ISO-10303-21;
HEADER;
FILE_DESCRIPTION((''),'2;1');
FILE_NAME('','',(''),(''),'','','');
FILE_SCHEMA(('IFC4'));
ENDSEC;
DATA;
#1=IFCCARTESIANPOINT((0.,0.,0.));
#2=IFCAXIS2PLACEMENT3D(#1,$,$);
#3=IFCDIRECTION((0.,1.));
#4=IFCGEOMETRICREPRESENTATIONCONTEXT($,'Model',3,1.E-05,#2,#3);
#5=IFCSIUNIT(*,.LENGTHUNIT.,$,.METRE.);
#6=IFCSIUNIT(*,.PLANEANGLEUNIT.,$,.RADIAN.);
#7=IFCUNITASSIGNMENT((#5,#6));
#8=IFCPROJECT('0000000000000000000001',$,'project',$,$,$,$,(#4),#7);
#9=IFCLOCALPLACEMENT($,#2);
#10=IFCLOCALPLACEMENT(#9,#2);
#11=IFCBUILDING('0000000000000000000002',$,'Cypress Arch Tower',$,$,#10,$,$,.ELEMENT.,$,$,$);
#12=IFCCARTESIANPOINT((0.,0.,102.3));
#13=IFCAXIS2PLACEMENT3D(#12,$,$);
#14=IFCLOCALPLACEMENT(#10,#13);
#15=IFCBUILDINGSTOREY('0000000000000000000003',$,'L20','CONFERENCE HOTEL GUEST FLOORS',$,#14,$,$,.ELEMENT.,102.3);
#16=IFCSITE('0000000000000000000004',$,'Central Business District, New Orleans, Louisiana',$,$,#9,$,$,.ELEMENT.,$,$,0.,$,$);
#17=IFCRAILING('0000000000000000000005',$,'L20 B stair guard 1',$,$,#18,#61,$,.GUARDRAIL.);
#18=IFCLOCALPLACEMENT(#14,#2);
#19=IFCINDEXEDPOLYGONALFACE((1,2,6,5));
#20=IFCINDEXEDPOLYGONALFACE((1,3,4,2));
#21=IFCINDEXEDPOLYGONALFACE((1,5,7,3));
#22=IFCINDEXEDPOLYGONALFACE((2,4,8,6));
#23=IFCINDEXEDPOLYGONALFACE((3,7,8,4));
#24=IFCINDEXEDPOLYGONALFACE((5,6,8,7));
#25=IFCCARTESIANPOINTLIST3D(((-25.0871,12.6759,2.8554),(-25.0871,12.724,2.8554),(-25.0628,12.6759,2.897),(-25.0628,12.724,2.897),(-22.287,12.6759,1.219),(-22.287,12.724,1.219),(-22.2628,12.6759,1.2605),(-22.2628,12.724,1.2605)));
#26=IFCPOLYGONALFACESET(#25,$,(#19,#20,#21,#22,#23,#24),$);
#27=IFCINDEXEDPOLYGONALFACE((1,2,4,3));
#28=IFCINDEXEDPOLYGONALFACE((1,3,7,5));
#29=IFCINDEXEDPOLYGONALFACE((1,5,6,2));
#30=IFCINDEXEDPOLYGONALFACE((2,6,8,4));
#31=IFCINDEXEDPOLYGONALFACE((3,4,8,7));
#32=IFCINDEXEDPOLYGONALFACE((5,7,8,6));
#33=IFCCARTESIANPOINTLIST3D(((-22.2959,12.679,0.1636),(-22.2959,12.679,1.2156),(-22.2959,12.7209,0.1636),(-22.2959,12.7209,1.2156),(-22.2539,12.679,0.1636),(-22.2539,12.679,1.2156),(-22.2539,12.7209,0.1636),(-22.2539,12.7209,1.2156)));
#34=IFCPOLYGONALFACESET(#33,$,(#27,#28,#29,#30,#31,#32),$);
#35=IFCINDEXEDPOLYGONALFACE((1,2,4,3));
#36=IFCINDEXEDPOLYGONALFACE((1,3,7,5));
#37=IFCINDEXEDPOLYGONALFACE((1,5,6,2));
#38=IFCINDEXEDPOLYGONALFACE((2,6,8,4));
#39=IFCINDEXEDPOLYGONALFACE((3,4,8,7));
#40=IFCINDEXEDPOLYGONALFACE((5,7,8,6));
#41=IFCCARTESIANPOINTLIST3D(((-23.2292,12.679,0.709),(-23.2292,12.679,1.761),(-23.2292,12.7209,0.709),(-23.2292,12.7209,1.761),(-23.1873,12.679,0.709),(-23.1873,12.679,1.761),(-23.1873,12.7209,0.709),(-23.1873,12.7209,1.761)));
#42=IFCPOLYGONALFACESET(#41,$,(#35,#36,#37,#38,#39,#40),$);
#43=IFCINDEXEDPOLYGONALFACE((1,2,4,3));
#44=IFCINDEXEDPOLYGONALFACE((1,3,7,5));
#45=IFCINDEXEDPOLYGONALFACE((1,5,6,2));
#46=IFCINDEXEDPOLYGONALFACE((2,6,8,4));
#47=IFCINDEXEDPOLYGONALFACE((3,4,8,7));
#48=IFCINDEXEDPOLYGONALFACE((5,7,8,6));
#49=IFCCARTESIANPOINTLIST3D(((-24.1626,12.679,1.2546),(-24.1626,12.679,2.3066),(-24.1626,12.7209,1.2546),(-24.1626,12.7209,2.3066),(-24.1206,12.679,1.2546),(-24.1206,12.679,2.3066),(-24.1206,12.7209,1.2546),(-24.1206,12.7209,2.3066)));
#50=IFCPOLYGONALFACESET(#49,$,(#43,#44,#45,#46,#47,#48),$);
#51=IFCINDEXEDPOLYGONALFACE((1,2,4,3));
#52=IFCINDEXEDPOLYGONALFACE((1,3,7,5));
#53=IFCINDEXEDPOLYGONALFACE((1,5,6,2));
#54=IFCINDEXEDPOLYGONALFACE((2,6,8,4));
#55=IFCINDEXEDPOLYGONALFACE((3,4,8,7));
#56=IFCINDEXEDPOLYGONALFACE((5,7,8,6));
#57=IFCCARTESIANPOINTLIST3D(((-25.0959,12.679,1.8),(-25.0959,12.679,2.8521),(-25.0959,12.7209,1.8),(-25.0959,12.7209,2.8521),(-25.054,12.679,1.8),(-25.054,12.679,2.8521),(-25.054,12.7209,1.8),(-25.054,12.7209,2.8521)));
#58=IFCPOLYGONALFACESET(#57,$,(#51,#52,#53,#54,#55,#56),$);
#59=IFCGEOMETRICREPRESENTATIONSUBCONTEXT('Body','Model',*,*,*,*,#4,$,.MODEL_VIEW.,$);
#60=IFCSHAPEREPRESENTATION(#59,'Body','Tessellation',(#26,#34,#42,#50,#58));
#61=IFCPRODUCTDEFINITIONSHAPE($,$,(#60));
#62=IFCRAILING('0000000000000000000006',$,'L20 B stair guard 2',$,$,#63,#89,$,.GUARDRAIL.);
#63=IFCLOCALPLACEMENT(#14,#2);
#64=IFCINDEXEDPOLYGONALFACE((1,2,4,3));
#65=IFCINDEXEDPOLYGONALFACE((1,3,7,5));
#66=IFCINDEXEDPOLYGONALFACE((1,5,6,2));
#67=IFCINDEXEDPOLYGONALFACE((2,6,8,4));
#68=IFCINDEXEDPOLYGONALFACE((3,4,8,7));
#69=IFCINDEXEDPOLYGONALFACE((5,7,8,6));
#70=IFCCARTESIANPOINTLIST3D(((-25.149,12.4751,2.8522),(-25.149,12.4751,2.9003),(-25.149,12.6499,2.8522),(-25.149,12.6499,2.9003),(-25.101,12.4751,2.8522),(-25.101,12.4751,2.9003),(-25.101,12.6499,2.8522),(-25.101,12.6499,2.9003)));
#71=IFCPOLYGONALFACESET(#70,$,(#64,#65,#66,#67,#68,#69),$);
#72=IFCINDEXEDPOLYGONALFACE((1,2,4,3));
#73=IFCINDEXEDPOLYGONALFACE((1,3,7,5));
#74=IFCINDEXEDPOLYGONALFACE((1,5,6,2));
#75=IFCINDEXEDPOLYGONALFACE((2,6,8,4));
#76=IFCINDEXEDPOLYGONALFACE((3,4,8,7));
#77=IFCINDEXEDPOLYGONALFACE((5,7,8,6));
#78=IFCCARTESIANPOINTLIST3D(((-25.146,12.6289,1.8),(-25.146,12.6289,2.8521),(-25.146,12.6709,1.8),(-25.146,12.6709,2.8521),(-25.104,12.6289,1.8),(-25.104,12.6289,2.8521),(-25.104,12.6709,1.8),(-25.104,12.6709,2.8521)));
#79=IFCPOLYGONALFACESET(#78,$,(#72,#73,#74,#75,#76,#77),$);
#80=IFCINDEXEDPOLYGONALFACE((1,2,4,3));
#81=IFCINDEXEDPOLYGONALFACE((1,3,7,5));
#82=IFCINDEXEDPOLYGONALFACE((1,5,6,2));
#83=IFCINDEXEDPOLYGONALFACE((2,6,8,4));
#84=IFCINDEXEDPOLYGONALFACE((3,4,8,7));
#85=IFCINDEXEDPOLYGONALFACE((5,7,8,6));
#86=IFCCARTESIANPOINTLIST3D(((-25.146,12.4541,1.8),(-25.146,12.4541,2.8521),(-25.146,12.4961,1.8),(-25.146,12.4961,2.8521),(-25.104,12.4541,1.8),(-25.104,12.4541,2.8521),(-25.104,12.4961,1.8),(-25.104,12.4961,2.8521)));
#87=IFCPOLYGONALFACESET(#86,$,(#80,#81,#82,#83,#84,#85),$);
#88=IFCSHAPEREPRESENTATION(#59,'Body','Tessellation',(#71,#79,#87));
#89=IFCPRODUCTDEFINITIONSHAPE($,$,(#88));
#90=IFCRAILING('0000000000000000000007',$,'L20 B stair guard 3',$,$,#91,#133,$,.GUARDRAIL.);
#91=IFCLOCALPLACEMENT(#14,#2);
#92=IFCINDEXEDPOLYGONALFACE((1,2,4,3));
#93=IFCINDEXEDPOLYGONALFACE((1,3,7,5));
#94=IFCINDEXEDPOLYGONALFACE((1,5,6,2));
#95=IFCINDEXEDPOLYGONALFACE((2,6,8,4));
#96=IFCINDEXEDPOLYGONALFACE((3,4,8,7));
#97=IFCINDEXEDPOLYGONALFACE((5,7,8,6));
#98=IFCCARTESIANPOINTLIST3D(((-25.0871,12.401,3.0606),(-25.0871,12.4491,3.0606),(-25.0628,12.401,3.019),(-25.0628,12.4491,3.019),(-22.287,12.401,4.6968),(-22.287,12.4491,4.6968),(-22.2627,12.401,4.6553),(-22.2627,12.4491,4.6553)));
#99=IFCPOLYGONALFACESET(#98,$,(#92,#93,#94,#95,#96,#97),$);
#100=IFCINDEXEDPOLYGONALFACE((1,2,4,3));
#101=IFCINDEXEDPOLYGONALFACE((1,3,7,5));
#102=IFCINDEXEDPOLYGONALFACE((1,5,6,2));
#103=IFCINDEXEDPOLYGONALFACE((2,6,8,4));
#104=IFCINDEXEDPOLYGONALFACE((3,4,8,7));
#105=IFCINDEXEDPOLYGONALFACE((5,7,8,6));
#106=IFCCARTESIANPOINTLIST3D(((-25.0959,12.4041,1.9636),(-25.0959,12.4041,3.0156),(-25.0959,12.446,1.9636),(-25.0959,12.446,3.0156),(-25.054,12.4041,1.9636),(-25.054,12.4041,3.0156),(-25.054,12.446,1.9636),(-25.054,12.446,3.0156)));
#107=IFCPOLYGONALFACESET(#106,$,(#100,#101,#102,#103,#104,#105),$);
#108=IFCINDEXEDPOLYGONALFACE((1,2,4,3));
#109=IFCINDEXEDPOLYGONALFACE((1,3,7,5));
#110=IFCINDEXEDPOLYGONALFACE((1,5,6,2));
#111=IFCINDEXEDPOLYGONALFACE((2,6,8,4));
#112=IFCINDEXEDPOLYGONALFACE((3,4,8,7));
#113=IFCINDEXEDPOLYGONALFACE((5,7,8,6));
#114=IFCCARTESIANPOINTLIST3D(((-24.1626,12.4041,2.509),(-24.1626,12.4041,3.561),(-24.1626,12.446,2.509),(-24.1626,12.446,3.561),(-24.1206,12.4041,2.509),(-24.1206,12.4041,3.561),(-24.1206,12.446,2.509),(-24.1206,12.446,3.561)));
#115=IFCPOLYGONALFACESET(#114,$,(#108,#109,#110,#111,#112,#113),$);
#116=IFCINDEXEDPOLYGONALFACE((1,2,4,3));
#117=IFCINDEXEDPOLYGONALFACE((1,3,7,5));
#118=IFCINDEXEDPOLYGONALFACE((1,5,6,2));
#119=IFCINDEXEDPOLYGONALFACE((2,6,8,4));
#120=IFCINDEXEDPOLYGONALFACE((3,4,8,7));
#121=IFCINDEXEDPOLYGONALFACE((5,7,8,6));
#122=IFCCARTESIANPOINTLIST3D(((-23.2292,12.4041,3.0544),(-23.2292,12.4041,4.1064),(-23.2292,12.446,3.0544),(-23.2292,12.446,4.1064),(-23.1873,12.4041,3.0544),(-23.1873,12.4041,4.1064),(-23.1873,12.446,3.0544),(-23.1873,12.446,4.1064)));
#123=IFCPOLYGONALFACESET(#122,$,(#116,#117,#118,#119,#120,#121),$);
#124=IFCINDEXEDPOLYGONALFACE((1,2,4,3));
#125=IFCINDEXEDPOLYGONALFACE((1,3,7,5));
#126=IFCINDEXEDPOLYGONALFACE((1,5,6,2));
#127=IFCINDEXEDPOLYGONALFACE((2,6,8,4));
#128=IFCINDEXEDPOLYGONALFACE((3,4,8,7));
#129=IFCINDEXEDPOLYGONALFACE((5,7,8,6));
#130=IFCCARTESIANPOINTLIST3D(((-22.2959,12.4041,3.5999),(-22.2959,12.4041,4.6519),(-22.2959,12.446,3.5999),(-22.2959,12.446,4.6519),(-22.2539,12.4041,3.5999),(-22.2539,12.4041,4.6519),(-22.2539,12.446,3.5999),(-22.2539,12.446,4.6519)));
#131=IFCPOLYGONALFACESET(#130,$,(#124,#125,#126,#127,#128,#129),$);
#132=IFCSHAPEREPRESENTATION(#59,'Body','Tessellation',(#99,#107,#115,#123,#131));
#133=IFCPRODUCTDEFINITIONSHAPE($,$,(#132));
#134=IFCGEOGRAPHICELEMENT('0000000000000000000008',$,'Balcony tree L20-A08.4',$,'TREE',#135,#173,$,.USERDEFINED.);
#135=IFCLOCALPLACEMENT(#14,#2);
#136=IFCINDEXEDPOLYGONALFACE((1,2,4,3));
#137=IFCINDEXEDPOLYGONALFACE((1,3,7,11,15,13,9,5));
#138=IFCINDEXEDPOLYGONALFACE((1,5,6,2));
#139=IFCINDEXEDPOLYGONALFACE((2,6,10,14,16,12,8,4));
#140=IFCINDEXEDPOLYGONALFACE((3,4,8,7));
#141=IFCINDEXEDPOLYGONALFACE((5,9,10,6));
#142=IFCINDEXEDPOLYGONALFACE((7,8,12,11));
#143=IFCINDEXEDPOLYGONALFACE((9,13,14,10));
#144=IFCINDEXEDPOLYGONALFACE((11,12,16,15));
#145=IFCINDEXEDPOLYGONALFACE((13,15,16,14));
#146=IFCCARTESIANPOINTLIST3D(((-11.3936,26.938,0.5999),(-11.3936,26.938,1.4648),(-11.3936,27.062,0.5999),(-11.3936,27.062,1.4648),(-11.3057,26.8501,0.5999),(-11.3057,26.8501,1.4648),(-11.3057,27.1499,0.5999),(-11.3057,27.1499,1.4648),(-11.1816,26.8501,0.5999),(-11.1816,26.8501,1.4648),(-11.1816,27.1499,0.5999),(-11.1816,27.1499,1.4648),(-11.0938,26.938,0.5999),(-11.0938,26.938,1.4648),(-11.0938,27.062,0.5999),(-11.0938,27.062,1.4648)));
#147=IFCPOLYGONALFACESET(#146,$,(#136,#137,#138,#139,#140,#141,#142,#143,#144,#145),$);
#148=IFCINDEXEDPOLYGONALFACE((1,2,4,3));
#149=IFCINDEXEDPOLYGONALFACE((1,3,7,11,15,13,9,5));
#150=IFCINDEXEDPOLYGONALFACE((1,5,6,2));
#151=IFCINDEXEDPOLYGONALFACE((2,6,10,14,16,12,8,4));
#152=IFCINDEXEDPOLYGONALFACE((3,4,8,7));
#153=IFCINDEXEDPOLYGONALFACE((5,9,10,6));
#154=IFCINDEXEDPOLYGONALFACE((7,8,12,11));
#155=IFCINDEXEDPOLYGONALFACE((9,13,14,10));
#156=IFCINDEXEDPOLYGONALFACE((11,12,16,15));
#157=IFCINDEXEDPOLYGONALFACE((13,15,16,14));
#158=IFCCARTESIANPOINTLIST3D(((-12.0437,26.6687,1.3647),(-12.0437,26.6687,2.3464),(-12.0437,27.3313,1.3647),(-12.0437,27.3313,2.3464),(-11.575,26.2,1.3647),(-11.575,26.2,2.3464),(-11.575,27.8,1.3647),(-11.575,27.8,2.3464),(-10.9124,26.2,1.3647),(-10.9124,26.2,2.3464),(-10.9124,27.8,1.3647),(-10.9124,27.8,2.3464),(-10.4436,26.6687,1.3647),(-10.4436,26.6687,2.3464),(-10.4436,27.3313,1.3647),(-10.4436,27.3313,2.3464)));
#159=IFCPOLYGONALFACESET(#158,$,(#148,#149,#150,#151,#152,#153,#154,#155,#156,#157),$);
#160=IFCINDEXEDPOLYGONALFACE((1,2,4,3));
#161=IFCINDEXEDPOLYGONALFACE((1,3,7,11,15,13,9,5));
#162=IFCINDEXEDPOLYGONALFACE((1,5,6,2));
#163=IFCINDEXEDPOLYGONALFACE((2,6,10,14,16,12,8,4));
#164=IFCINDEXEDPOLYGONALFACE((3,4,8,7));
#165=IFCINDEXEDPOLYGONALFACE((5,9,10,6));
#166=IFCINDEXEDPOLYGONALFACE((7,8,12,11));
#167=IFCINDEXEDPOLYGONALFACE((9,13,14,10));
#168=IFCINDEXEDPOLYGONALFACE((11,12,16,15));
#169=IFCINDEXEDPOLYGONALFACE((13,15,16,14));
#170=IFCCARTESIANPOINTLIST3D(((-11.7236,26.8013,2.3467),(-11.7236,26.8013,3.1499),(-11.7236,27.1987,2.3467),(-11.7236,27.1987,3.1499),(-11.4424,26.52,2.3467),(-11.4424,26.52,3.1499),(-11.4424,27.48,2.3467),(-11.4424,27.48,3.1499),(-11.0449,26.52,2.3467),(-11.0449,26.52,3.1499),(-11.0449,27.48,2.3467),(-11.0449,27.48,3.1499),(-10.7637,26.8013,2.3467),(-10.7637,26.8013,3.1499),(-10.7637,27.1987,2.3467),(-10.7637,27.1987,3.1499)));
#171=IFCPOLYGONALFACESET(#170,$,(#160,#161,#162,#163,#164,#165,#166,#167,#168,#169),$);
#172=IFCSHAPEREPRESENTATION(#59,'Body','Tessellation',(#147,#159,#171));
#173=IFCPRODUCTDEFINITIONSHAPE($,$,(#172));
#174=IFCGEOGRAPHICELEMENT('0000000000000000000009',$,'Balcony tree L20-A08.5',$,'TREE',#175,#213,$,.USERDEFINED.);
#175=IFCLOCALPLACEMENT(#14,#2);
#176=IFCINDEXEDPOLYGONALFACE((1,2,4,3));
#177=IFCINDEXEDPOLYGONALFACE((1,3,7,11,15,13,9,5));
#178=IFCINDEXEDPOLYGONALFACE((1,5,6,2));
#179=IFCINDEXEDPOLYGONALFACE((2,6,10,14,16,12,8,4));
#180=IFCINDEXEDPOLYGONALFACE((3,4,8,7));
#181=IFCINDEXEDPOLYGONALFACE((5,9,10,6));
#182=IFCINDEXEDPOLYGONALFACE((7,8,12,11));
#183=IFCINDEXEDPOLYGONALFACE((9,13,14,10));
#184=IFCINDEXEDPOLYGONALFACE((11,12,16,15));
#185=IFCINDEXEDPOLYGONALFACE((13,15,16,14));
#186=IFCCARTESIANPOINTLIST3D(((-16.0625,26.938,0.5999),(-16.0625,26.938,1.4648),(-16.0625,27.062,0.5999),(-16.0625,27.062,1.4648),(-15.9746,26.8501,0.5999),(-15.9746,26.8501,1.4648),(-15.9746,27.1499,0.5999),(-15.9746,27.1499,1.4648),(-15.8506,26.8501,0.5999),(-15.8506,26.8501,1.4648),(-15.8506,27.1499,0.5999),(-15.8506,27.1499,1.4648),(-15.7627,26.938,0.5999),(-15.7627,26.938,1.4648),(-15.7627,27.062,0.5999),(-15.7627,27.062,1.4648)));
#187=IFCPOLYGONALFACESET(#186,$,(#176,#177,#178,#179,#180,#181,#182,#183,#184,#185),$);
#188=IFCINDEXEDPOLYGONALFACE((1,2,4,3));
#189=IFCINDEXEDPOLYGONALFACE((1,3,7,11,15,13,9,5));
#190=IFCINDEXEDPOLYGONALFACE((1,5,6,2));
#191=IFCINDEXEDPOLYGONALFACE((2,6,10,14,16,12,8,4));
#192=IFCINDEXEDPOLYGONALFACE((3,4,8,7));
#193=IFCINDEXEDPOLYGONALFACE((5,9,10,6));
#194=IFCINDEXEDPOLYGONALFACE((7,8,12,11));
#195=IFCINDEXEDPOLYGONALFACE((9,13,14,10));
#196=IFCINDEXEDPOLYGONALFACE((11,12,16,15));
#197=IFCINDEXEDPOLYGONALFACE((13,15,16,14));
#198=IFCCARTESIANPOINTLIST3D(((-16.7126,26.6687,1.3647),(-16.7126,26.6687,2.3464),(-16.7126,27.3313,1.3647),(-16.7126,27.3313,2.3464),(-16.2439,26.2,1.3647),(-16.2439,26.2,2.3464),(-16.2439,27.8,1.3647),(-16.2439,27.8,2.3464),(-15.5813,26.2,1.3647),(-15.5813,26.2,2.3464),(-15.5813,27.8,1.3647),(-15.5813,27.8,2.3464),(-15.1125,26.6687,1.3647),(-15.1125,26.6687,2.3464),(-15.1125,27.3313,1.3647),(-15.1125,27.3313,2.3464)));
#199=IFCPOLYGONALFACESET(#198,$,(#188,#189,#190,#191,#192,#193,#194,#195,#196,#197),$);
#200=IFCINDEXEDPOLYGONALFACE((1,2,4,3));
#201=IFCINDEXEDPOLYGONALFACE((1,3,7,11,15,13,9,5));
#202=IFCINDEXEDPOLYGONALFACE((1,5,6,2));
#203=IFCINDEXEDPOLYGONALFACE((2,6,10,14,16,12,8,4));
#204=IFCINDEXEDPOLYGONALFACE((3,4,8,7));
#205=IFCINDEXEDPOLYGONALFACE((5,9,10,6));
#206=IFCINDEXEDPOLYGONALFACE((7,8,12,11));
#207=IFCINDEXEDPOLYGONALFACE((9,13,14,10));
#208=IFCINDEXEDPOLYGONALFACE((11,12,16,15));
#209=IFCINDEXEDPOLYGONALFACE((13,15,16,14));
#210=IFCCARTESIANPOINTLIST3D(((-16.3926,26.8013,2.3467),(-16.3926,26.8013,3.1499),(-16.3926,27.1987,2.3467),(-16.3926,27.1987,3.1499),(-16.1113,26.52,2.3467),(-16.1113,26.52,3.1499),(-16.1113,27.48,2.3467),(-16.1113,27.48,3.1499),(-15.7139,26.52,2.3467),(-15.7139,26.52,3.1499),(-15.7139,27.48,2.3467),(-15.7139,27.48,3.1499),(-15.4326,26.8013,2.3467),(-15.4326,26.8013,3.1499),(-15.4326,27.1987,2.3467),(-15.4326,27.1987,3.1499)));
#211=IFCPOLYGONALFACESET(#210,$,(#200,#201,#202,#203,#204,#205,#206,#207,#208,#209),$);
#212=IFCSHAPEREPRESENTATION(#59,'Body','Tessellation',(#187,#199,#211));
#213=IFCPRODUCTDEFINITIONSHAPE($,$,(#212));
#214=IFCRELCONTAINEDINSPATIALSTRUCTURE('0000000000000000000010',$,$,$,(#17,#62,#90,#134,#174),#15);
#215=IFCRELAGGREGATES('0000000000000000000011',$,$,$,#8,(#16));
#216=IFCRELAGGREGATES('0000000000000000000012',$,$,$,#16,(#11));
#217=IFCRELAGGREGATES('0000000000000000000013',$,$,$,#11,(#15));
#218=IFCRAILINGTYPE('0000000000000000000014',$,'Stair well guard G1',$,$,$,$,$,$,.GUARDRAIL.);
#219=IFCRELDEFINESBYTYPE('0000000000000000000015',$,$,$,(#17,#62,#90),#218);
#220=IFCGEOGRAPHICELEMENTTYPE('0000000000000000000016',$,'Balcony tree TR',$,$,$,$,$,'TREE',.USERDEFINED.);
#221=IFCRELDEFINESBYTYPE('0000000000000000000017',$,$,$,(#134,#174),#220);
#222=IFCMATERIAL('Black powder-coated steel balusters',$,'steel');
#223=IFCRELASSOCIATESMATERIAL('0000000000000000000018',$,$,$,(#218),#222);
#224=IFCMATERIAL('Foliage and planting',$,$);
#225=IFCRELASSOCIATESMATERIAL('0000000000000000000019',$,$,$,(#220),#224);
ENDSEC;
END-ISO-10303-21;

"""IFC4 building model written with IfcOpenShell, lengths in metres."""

from ifc_helpers import new_model, si_unit, direction, frame, origin, origin_2d, place, context, subcontext, project, spatial, polyline, rectangle, outline, extrude, material, type_object, element, save


model = new_model("IFC4")

# Units and contexts
model_context = context("Model", 3, precision=1e-05, world=origin(), true_north=direction((0.0, 1.0)))
body_context = subcontext(model_context, "Body", "Model", "MODEL_VIEW")
ifc_project = project(units=[si_unit("LENGTHUNIT", "METRE"), si_unit("PLANEANGLEUNIT", "RADIAN")], contexts=[model_context])

# Site, building, storey
site_placement = place(None, origin())
site = spatial("IfcSite", under=ifc_project, at=site_placement, Name="Central Business District, New Orleans, Louisiana", CompositionType="ELEMENT", RefElevation=0.0)
building_placement = place(site_placement, origin())
building = spatial("IfcBuilding", under=site, at=building_placement, Name="Cypress Arch Tower", CompositionType="ELEMENT")
storey_placement = place(building_placement, frame((0.0, 0.0, 102.3)))
storey = spatial("IfcBuildingStorey", under=building, at=storey_placement, Name="L20", Description="CONFERENCE HOTEL GUEST FLOORS", CompositionType="ELEMENT", Elevation=102.3)

# Railings
ifc_material_1 = material(Name="Black powder-coated steel balusters", Category="steel")
railing_type_1 = type_object("IfcRailingType", Name="Stair well guard G1", PredefinedType="GUARDRAIL", material=ifc_material_1)
railing_1_placement = place(storey_placement, frame((-22.2749, 12.7, 0.1636)))
element("IfcRailing", 1, at=railing_1_placement, inside=storey, type_object=railing_type_1, Name="L20 B stair guard 1", PredefinedType="GUARDRAIL", context=body_context, shape_type="SweptSolid", body=[
    extrude(rectangle(XDim=0.0481, YDim=0.0481, at=origin_2d()), frame((0.0, 0.0, 1.0762), z_axis=(-0.863361, 0.0, 0.504587), x_axis=(0.0, -1.0, 0.0)), (0.0, 0.0, 1.0), 3.2432),
    extrude(rectangle(XDim=0.042, YDim=0.042, at=origin_2d()), origin(), (0.0, 0.0, 1.0), 1.052),
    extrude(rectangle(XDim=0.042, YDim=0.042, at=origin_2d()), frame((-0.9333, 0.0, 0.5454)), (0.0, 0.0, 1.0), 1.052),
    extrude(rectangle(XDim=0.042, YDim=0.042, at=origin_2d()), frame((-1.8667, 0.0, 1.0911)), (0.0, 0.0, 1.0), 1.052),
    extrude(rectangle(XDim=0.042, YDim=0.042, at=origin_2d()), frame((-2.8, 0.0, 1.6365)), (0.0, 0.0, 1.0), 1.052),
])
railing_2_placement = place(storey_placement, frame((-25.125, 12.6499, 1.8)))
element("IfcRailing", 2, at=railing_2_placement, inside=storey, type_object=railing_type_1, Name="L20 B stair guard 2", PredefinedType="GUARDRAIL", context=body_context, shape_type="SweptSolid", body=[
    extrude(rectangle(XDim=0.0481, YDim=0.0481, at=origin_2d()), frame((0.0, 0.0, 1.0762), z_axis=(0.0, -1.0, 0.0), x_axis=(1.0, 0.0, 0.0)), (0.0, 0.0, 1.0), 0.1748),
    extrude(rectangle(XDim=0.042, YDim=0.042, at=origin_2d()), origin(), (0.0, 0.0, 1.0), 1.052),
    extrude(rectangle(XDim=0.042, YDim=0.042, at=origin_2d()), frame((0.0, -0.1748, 0.0)), (0.0, 0.0, 1.0), 1.052),
])
railing_3_placement = place(storey_placement, frame((-25.075, 12.425, 1.9636)))
element("IfcRailing", 3, at=railing_3_placement, inside=storey, type_object=railing_type_1, Name="L20 B stair guard 3", PredefinedType="GUARDRAIL", context=body_context, shape_type="SweptSolid", body=[
    extrude(rectangle(XDim=0.0481, YDim=0.0481, at=origin_2d()), frame((0.0, 0.0, 1.0762), z_axis=(0.863394, 0.0, 0.504531), x_axis=(0.0, 1.0, 0.0)), (0.0, 0.0, 1.0), 3.2432),
    extrude(rectangle(XDim=0.042, YDim=0.042, at=origin_2d()), origin(), (0.0, 0.0, 1.0), 1.052),
    extrude(rectangle(XDim=0.042, YDim=0.042, at=origin_2d()), frame((0.9333, 0.0, 0.5454)), (0.0, 0.0, 1.0), 1.052),
    extrude(rectangle(XDim=0.042, YDim=0.042, at=origin_2d()), frame((1.8667, 0.0, 1.0908)), (0.0, 0.0, 1.0), 1.052),
    extrude(rectangle(XDim=0.042, YDim=0.042, at=origin_2d()), frame((2.8, 0.0, 1.6362)), (0.0, 0.0, 1.0), 1.052),
])

# Geographic elements
ifc_material_2 = material(Name="Foliage and planting")
geographic_element_type = type_object("IfcGeographicElementType", Name="Balcony tree TR", ElementType="TREE", PredefinedType="USERDEFINED", material=ifc_material_2)
for number, where, z_axis, x_axis, name in (
    (4, (-11.2437, 27.0, 0.5999), (0.0, 0.0, 1.0), (1.0, 0.0, 0.0), "Balcony tree L20-A08.4"),
    (5, (-15.9126, 27.0, 0.5999), (0.0, 0.0, 1.0), (1.0, 0.0, 0.0), "Balcony tree L20-A08.5"),
):
    element("IfcGeographicElement", number, at=place(storey_placement, frame(where, z_axis=z_axis, x_axis=x_axis)), inside=storey, type_object=geographic_element_type, Name=name, ObjectType="TREE", PredefinedType="USERDEFINED", context=body_context, shape_type="SweptSolid", body=[
        extrude(outline(polyline([(0.1499, 0.062), (0.062, 0.1499), (-0.062, 0.1499), (-0.1499, 0.062), (-0.1499, -0.062), (-0.062, -0.1499), (0.062, -0.1499), (0.1499, -0.062), (0.1499, 0.062)])), origin(), (0.0, 0.0, 1.0), 0.865),
        extrude(outline(polyline([(0.8, 0.3313), (0.3313, 0.8), (-0.3313, 0.8), (-0.8, 0.3313), (-0.8, -0.3313), (-0.3313, -0.8), (0.3313, -0.8), (0.8, -0.3313), (0.8, 0.3313)])), frame((0.0, 0.0, 0.7649)), (0.0, 0.0, 1.0), 0.9817),
        extrude(outline(polyline([(0.48, 0.1987), (0.1987, 0.48), (-0.1987, 0.48), (-0.48, 0.1987), (-0.48, -0.1987), (-0.1987, -0.48), (0.1987, -0.48), (0.48, -0.1987), (0.48, 0.1987)])), frame((0.0, 0.0, 1.7468)), (0.0, 0.0, 1.0), 0.8032),
    ])

save(model, "model.ifc")
